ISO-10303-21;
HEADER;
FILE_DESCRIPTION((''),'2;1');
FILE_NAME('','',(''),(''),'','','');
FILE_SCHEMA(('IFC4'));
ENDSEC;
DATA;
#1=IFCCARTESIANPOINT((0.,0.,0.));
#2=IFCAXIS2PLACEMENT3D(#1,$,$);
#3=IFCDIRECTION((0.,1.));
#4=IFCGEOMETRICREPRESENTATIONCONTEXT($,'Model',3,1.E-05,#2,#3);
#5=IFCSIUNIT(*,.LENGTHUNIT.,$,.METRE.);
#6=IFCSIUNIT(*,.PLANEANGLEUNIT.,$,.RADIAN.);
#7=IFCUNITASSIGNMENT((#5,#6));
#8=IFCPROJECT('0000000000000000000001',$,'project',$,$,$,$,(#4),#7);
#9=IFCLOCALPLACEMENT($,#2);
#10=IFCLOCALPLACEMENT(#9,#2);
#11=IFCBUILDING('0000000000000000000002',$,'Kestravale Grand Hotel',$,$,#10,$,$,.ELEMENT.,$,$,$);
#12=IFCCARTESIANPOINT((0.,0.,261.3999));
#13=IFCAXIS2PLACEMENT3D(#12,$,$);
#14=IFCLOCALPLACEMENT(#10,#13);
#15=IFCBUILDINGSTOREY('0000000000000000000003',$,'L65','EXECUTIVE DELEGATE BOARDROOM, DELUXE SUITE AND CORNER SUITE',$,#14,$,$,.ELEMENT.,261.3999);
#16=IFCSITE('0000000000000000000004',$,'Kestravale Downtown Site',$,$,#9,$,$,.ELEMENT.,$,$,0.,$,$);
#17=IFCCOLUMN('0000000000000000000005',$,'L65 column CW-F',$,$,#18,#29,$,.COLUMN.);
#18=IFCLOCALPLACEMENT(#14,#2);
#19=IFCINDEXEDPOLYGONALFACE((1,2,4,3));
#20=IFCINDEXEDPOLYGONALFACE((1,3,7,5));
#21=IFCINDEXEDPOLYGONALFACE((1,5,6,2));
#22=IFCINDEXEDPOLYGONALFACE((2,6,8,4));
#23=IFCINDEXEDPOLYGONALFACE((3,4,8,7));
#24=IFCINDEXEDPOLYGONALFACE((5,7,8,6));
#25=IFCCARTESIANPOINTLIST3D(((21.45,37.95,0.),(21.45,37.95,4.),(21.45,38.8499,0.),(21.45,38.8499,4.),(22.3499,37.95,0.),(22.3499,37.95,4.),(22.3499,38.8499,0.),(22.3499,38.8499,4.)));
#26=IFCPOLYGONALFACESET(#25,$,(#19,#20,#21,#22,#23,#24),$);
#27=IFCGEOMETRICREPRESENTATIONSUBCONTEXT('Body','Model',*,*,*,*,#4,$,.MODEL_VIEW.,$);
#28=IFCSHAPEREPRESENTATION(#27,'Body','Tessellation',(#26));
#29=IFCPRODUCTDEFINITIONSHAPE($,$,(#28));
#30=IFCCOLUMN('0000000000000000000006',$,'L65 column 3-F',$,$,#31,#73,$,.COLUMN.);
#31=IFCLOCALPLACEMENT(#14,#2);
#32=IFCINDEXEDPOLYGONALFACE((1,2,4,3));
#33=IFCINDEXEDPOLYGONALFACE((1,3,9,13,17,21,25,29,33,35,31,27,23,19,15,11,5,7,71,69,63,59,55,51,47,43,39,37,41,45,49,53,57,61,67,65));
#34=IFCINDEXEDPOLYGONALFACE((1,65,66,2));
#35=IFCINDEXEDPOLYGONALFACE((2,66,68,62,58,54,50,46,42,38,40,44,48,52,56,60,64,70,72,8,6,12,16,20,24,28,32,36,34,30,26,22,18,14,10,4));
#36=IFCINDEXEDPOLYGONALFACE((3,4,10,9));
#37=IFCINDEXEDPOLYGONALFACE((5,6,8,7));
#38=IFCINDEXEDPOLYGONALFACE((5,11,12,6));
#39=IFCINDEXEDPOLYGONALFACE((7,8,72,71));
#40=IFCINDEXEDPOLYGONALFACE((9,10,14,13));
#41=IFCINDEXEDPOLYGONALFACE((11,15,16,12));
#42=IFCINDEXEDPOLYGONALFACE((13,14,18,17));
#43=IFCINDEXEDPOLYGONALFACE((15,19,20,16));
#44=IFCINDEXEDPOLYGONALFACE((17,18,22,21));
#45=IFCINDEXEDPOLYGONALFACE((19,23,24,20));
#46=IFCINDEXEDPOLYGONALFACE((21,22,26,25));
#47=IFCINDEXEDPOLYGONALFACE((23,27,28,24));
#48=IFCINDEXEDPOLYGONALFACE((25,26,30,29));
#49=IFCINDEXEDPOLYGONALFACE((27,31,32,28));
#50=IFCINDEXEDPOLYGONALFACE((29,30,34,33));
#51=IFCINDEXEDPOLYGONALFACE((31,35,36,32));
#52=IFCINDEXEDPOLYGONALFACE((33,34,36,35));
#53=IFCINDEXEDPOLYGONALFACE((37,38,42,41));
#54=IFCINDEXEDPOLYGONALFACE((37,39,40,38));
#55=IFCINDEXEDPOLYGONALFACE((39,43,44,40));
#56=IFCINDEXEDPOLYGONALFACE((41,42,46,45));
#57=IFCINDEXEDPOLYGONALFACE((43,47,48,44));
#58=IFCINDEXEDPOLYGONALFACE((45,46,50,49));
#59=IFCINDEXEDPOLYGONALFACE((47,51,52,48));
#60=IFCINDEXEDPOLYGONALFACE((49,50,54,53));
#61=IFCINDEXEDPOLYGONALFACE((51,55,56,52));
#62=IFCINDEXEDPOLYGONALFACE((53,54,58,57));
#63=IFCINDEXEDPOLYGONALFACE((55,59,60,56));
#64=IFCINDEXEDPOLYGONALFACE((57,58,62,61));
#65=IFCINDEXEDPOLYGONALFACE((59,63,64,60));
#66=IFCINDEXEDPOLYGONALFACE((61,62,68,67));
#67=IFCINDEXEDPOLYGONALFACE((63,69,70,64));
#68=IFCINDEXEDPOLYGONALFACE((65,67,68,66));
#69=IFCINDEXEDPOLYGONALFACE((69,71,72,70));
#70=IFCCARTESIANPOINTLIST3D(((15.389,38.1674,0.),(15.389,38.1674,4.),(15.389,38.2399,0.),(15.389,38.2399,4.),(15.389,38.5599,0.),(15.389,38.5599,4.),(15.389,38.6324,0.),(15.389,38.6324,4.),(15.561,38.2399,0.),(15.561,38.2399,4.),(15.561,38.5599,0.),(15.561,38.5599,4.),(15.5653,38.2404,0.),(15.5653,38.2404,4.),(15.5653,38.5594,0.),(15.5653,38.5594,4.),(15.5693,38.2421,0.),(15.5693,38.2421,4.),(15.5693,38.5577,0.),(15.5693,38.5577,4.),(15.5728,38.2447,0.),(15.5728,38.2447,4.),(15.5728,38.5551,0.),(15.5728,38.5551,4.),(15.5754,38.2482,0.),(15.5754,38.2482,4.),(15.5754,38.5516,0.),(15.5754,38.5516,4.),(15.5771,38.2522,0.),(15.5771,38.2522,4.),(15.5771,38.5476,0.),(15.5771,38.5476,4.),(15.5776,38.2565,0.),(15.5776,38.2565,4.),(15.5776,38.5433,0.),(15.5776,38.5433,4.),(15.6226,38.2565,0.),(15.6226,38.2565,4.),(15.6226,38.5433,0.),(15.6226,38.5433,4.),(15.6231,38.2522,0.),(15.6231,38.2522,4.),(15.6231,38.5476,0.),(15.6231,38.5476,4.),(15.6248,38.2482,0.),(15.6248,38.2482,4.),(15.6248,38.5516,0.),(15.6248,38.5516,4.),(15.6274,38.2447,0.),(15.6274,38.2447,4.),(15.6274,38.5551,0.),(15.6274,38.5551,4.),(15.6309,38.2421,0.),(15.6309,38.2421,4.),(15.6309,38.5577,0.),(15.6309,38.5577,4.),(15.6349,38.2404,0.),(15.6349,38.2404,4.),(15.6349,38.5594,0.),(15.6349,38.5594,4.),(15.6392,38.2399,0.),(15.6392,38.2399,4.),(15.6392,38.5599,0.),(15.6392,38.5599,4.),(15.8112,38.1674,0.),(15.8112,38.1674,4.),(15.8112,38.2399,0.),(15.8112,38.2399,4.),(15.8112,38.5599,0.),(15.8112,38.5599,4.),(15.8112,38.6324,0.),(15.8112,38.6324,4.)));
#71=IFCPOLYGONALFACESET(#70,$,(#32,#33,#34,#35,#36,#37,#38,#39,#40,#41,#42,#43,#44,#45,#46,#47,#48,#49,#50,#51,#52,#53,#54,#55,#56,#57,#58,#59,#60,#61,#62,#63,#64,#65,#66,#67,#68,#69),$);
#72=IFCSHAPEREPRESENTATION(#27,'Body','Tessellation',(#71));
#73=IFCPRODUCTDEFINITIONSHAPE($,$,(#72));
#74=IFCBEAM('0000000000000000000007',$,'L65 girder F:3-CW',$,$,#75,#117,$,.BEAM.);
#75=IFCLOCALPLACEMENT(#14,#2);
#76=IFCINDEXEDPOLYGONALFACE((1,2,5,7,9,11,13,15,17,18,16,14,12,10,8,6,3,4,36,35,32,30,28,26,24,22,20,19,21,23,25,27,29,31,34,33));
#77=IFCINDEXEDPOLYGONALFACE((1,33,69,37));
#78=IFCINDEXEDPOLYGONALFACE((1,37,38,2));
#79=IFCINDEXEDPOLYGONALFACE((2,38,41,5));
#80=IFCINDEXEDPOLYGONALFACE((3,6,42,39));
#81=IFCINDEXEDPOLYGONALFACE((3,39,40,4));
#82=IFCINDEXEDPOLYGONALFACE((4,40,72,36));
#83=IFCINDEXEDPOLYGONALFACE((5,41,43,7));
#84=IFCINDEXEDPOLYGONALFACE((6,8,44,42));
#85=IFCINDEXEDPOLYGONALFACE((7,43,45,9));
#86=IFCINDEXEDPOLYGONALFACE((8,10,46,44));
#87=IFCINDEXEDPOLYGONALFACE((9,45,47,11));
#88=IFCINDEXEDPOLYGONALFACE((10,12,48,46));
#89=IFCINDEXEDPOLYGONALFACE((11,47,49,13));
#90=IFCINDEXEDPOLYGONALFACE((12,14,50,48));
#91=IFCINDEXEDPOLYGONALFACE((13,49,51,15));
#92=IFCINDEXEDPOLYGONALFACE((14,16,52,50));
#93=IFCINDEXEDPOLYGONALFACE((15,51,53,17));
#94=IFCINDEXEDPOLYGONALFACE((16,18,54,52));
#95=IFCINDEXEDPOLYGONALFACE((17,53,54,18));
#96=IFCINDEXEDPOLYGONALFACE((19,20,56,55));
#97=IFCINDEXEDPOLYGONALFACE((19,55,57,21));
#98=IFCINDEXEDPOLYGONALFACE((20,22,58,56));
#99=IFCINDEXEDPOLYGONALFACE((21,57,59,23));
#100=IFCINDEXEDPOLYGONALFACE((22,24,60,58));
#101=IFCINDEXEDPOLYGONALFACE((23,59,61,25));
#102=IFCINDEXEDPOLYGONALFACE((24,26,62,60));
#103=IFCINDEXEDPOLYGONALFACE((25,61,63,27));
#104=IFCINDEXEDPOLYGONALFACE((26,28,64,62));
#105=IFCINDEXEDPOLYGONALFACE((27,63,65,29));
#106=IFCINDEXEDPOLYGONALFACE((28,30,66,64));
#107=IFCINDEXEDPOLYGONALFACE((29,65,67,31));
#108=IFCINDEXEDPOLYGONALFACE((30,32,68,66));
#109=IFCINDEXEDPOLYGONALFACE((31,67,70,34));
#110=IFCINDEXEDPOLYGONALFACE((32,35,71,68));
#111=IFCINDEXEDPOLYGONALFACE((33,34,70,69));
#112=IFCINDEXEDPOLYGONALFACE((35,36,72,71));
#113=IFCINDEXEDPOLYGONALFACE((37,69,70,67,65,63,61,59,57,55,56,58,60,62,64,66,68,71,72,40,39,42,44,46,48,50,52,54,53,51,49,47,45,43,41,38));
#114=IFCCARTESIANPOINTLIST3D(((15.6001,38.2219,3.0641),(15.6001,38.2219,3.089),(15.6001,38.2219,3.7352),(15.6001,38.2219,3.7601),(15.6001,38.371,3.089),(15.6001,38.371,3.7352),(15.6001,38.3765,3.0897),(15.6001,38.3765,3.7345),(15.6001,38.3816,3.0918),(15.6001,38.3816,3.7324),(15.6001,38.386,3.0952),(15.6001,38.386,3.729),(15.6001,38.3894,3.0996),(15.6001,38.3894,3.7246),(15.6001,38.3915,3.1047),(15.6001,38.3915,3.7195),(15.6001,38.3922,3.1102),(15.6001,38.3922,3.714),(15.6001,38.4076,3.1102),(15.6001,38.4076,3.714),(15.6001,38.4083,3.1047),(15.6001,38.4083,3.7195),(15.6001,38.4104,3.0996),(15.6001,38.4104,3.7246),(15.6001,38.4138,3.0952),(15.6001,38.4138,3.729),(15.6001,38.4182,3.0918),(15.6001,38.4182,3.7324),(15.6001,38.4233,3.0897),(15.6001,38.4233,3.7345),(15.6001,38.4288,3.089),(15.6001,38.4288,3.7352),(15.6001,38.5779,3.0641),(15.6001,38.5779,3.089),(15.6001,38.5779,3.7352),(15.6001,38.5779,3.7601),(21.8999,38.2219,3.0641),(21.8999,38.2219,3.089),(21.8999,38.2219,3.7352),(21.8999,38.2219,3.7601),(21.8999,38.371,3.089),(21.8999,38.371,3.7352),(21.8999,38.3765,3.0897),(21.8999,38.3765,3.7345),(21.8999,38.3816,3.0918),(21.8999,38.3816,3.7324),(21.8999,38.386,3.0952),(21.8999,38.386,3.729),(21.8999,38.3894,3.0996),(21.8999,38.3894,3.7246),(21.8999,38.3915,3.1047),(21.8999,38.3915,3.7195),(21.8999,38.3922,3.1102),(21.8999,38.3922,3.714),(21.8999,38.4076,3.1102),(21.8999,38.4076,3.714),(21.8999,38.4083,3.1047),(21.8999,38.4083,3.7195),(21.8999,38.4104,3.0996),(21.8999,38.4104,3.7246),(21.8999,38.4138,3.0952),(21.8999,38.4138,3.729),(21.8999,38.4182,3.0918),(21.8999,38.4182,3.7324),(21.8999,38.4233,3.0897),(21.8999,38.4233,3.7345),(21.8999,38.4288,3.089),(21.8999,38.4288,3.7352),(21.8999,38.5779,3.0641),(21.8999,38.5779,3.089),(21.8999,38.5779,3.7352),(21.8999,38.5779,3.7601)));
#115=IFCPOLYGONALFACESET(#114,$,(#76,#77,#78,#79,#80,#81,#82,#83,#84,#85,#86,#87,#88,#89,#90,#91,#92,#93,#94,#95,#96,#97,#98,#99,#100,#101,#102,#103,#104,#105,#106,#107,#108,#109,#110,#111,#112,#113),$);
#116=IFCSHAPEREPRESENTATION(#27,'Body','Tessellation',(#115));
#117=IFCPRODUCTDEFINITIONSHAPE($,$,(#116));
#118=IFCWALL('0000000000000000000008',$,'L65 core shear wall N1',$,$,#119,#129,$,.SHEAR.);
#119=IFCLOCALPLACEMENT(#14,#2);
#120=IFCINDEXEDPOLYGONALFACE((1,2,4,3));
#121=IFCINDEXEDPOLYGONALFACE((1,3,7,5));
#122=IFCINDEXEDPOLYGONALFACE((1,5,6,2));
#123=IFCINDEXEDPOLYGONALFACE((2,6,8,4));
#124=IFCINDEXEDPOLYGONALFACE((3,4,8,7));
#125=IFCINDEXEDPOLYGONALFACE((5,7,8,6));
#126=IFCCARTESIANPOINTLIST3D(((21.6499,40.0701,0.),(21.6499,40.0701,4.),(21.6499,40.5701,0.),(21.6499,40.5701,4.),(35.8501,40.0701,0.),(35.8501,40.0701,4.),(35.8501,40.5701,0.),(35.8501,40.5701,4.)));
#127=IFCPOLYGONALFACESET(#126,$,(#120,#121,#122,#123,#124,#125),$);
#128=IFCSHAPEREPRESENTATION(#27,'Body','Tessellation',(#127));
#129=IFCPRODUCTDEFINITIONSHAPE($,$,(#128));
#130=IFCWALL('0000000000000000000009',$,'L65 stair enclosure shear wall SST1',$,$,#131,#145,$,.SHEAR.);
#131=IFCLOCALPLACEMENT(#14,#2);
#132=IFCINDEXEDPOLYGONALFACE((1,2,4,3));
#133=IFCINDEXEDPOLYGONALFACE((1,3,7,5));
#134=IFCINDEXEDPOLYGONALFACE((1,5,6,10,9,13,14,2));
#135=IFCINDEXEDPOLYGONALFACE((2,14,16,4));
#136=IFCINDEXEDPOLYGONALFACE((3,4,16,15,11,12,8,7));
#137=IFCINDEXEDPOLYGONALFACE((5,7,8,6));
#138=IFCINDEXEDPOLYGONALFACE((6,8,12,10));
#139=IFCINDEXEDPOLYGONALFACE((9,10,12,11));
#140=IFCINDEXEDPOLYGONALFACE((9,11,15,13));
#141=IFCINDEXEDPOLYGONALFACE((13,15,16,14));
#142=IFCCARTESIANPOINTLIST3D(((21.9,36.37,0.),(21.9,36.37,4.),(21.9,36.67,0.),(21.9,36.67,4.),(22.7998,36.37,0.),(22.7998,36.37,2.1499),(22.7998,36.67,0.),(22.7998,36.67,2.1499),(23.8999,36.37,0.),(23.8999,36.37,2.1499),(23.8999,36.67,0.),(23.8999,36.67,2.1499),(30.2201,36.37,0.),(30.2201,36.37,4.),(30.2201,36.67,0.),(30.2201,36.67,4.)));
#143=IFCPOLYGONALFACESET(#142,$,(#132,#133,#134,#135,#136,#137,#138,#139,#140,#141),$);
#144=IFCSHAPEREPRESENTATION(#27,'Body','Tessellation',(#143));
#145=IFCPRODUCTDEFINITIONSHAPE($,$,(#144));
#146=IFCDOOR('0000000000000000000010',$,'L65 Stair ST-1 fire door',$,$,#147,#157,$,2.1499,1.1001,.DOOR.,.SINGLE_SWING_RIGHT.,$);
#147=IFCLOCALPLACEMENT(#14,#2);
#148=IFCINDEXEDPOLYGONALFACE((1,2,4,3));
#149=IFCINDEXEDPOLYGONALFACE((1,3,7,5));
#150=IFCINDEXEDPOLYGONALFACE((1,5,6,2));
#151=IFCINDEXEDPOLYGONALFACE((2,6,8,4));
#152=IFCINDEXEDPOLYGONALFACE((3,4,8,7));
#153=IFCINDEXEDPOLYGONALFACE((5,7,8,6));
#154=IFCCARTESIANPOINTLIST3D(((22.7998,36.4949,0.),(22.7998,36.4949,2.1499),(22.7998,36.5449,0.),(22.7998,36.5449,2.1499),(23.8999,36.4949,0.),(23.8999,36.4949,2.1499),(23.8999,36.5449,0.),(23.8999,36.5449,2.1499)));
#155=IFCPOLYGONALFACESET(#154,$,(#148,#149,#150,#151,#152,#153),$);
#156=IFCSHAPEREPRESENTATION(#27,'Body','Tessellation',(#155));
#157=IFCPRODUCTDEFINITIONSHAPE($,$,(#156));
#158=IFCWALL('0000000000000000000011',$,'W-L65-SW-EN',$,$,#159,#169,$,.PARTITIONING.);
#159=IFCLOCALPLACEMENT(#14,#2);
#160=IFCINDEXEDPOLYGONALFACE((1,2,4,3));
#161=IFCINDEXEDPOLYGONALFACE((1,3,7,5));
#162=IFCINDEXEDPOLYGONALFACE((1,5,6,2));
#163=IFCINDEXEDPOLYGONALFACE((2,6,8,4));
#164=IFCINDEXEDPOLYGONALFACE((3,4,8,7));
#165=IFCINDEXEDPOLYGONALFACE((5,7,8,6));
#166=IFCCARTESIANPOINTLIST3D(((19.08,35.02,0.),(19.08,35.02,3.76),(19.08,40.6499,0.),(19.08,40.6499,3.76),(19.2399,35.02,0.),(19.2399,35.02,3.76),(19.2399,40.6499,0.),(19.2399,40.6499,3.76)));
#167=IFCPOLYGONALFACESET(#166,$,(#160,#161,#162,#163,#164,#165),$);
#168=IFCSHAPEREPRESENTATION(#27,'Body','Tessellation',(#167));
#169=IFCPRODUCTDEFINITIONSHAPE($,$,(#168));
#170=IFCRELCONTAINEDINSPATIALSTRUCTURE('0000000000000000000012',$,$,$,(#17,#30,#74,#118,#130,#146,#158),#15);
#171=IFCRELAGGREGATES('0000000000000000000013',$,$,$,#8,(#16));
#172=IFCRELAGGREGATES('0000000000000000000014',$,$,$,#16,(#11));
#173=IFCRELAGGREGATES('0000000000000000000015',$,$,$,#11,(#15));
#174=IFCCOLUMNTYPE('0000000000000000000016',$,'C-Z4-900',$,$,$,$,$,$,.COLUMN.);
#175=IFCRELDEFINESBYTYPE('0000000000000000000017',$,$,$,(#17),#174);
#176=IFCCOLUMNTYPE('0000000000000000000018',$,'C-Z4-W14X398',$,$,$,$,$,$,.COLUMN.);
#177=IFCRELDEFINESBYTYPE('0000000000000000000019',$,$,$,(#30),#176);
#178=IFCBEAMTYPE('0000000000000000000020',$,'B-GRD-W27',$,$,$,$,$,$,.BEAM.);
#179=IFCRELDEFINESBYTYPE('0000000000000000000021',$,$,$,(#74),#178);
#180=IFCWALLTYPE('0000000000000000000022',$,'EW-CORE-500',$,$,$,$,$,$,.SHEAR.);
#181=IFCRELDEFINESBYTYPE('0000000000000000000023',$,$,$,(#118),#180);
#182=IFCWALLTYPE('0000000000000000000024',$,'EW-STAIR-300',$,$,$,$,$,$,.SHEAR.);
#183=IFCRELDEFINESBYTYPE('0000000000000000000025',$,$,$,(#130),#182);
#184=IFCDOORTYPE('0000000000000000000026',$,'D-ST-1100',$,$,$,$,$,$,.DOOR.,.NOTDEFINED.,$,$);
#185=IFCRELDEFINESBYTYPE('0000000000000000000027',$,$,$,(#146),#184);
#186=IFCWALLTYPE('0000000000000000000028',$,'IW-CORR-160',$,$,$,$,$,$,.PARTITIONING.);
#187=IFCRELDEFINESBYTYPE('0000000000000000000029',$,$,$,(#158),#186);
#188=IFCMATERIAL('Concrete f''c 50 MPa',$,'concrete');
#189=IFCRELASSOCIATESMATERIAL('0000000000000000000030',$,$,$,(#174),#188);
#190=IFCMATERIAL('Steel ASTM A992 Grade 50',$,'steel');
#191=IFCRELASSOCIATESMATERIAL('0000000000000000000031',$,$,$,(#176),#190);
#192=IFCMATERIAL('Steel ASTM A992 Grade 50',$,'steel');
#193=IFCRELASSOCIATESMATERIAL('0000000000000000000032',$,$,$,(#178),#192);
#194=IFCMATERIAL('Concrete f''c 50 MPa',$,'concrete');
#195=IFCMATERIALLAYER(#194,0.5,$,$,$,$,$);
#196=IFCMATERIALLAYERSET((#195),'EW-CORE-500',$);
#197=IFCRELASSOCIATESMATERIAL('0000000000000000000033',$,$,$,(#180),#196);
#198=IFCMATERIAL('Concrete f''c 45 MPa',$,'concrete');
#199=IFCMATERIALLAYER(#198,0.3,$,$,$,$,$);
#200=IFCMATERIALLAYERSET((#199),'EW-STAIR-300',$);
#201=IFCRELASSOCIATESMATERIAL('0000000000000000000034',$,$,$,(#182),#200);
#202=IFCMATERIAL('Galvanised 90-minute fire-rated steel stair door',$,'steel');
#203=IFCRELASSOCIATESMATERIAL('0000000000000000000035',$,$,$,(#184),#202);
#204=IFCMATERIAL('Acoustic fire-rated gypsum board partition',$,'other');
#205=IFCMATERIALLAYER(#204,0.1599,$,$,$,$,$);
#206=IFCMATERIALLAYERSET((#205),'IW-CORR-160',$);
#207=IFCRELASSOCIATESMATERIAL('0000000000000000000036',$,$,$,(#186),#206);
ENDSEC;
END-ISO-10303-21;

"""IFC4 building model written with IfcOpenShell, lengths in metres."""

from ifc_helpers import new_model, si_unit, direction, frame, frame_2d, origin, origin_2d, place, context, subcontext, project, spatial, rectangle, i_section, extrude, material, layer, layer_set, material_profile, profile_set, type_object, element, fill, save


model = new_model("IFC4")

# Units and contexts
model_context = context("Model", 3, precision=1e-05, world=origin(), true_north=direction((0.0, 1.0)))
body_context = subcontext(model_context, "Body", "Model", "MODEL_VIEW")
ifc_project = project(units=[si_unit("LENGTHUNIT", "METRE"), si_unit("PLANEANGLEUNIT", "RADIAN")], contexts=[model_context])

# Site, building, storey
site_placement = place(None, origin())
site = spatial("IfcSite", under=ifc_project, at=site_placement, Name="Kestravale Downtown Site", CompositionType="ELEMENT", RefElevation=0.0)
building_placement = place(site_placement, origin())
building = spatial("IfcBuilding", under=site, at=building_placement, Name="Kestravale Grand Hotel", CompositionType="ELEMENT")
storey_placement = place(building_placement, frame((0.0, 0.0, 261.3999)))
storey = spatial("IfcBuildingStorey", under=building, at=storey_placement, Name="L65", Description="EXECUTIVE DELEGATE BOARDROOM, DELUXE SUITE AND CORNER SUITE", CompositionType="ELEMENT", Elevation=261.3999)

# Columns
ifc_material_1 = material(Name="Concrete f'c 50 MPa", Category="concrete")
ifc_material_profile_1 = material_profile(ifc_material_1, rectangle(XDim=0.8999, YDim=0.8999, at=origin_2d()))
ifc_profile_set_1 = profile_set([ifc_material_profile_1], Name="Concrete f'c 50 MPa")
column_type_1 = type_object("IfcColumnType", Name="C-Z4-900", PredefinedType="COLUMN", material=ifc_profile_set_1)
column_1_placement = place(storey_placement, frame((21.8999, 38.3999, 0.0), z_axis=(0.0, 0.0, 1.0), x_axis=(1.0, 0.0, 0.0)))
element("IfcColumn", 1, at=column_1_placement, inside=storey, type_object=column_type_1, Name="L65 column CW-F", PredefinedType="COLUMN", context=body_context, shape_type="SweptSolid", body=[
    extrude(rectangle(XDim=0.8999, YDim=0.8999, at=origin_2d()), origin(), (0.0, 0.0, 1.0), 4.0),
])
ifc_material_2 = material(Name="Steel ASTM A992 Grade 50", Category="steel")
ifc_material_profile_2 = material_profile(ifc_material_2, i_section(OverallWidth=0.4221, OverallDepth=0.4651, WebThickness=0.0449, FlangeThickness=0.0725, FilletRadius=0.0166, at=origin_2d()))
ifc_profile_set_2 = profile_set([ifc_material_profile_2], Name="Steel ASTM A992 Grade 50")
column_type_2 = type_object("IfcColumnType", Name="C-Z4-W14X398", PredefinedType="COLUMN", material=ifc_profile_set_2)
column_2_placement = place(storey_placement, frame((15.6001, 38.3999, 0.0), z_axis=(0.0, 0.0, 1.0), x_axis=(1.0, 0.0, 0.0)))
element("IfcColumn", 2, at=column_2_placement, inside=storey, type_object=column_type_2, Name="L65 column 3-F", PredefinedType="COLUMN", context=body_context, shape_type="SweptSolid", body=[
    extrude(i_section(OverallWidth=0.4221, OverallDepth=0.4651, WebThickness=0.0449, FlangeThickness=0.0725, FilletRadius=0.0166, at=origin_2d()), origin(), (0.0, 0.0, 1.0), 4.0),
])

# Beam
ifc_material_3 = material(Name="Steel ASTM A992 Grade 50", Category="steel")
ifc_material_profile_3 = material_profile(ifc_material_3, i_section(OverallWidth=0.356, OverallDepth=0.696, WebThickness=0.0154, FlangeThickness=0.0249, FilletRadius=0.0212, at=origin_2d()))
ifc_profile_set_3 = profile_set([ifc_material_profile_3], Name="Steel ASTM A992 Grade 50")
beam_type = type_object("IfcBeamType", Name="B-GRD-W27", PredefinedType="BEAM", material=ifc_profile_set_3)
beam_placement = place(storey_placement, frame((15.6001, 38.3999, 3.4121), z_axis=(1.0, 0.0, 0.0), x_axis=(0.0, 1.0, 0.0)))
element("IfcBeam", 3, at=beam_placement, inside=storey, type_object=beam_type, Name="L65 girder F:3-CW", PredefinedType="BEAM", context=body_context, shape_type="SweptSolid", body=[
    extrude(i_section(OverallWidth=0.356, OverallDepth=0.696, WebThickness=0.0154, FlangeThickness=0.0249, FilletRadius=0.0212, at=origin_2d()), origin(), (0.0, 0.0, 1.0), 6.2998),
])

# Wall
ifc_material_4 = material(Name="Concrete f'c 50 MPa", Category="concrete")
ifc_layer_1 = layer(ifc_material_4, 0.5)
ifc_layer_set_1 = layer_set([ifc_layer_1], Name="EW-CORE-500")
wall_type_1 = type_object("IfcWallType", Name="EW-CORE-500", PredefinedType="SHEAR", material=ifc_layer_set_1)
wall_1_placement = place(storey_placement, frame((21.6499, 40.3201, 0.0), z_axis=(0.0, 0.0, 1.0), x_axis=(1.0, 0.0, 0.0)))
element("IfcWall", 4, at=wall_1_placement, inside=storey, type_object=wall_type_1, Name="L65 core shear wall N1", PredefinedType="SHEAR", context=body_context, shape_type="SweptSolid", body=[
    extrude(rectangle(XDim=14.2002, YDim=0.5, at=frame_2d((7.1001, 0.0))), origin(), (0.0, 0.0, 1.0), 4.0),
])

# Wall, opening, door
ifc_material_5 = material(Name="Concrete f'c 45 MPa", Category="concrete")
ifc_layer_2 = layer(ifc_material_5, 0.3)
ifc_layer_set_2 = layer_set([ifc_layer_2], Name="EW-STAIR-300")
wall_type_2 = type_object("IfcWallType", Name="EW-STAIR-300", PredefinedType="SHEAR", material=ifc_layer_set_2)
wall_2_placement = place(storey_placement, frame((21.8999, 36.52, 0.0), z_axis=(0.0, 0.0, 1.0), x_axis=(1.0, 0.0, 0.0)))
wall_2 = element("IfcWall", 5, at=wall_2_placement, inside=storey, type_object=wall_type_2, Name="L65 stair enclosure shear wall SST1", PredefinedType="SHEAR", context=body_context, shape_type="SweptSolid", body=[
    extrude(rectangle(XDim=8.3201, YDim=0.3, at=frame_2d((4.1602, 0.0))), origin(), (0.0, 0.0, 1.0), 4.0),
])
opening_1_placement = place(wall_2_placement, frame((0.8999, 0.0, 0.0)))
opening_1 = element("IfcOpeningElement", 6, at=opening_1_placement, cuts=wall_2, PredefinedType="OPENING", context=body_context, shape_type="SweptSolid", body=[
    extrude(rectangle(XDim=1.1001, YDim=2.1499, at=frame_2d((0.55, 1.075))), frame((0.0, 0.1599, 0.0), z_axis=(0.0, -1.0, 0.0), x_axis=(1.0, 0.0, 0.0)), (0.0, 0.0, 1.0), 0.3201),
])
ifc_material_6 = material(Name="Galvanised 90-minute fire-rated steel stair door", Category="steel")
door_type_1 = type_object("IfcDoorType", Name="D-ST-1100", OperationType="NOTDEFINED", PredefinedType="DOOR", material=ifc_material_6)
door_1_placement = place(opening_1_placement, origin())
door_1 = element("IfcDoor", 7, at=door_1_placement, inside=storey, type_object=door_type_1, Name="L65 Stair ST-1 fire door", OperationType="SINGLE_SWING_RIGHT", OverallHeight=2.1499, OverallWidth=1.1001, PredefinedType="DOOR", context=body_context, shape_type="SweptSolid", body=[
    extrude(rectangle(XDim=1.1001, YDim=2.1499, at=frame_2d((0.55, 1.075))), frame((0.0, 0.0249, 0.0), z_axis=(0.0, -1.0, 0.0), x_axis=(1.0, 0.0, 0.0)), (0.0, 0.0, 1.0), 0.05),
])
fill(opening_1, door_1)

# Wall
ifc_material_7 = material(Name="Acoustic fire-rated gypsum board partition", Category="other")
ifc_layer_3 = layer(ifc_material_7, 0.1599)
ifc_layer_set_3 = layer_set([ifc_layer_3], Name="IW-CORR-160")
wall_type_3 = type_object("IfcWallType", Name="IW-CORR-160", PredefinedType="PARTITIONING", material=ifc_layer_set_3)
wall_3_placement = place(storey_placement, frame((19.1599, 35.02, 0.0), z_axis=(0.0, 0.0, 1.0), x_axis=(0.0, 1.0, 0.0)))
element("IfcWall", 8, at=wall_3_placement, inside=storey, type_object=wall_type_3, Name="W-L65-SW-EN", PredefinedType="PARTITIONING", context=body_context, shape_type="SweptSolid", body=[
    extrude(rectangle(XDim=5.6299, YDim=0.1599, at=frame_2d((2.8149, 0.0))), origin(), (0.0, 0.0, 1.0), 3.76),
])

save(model, "model.ifc")
